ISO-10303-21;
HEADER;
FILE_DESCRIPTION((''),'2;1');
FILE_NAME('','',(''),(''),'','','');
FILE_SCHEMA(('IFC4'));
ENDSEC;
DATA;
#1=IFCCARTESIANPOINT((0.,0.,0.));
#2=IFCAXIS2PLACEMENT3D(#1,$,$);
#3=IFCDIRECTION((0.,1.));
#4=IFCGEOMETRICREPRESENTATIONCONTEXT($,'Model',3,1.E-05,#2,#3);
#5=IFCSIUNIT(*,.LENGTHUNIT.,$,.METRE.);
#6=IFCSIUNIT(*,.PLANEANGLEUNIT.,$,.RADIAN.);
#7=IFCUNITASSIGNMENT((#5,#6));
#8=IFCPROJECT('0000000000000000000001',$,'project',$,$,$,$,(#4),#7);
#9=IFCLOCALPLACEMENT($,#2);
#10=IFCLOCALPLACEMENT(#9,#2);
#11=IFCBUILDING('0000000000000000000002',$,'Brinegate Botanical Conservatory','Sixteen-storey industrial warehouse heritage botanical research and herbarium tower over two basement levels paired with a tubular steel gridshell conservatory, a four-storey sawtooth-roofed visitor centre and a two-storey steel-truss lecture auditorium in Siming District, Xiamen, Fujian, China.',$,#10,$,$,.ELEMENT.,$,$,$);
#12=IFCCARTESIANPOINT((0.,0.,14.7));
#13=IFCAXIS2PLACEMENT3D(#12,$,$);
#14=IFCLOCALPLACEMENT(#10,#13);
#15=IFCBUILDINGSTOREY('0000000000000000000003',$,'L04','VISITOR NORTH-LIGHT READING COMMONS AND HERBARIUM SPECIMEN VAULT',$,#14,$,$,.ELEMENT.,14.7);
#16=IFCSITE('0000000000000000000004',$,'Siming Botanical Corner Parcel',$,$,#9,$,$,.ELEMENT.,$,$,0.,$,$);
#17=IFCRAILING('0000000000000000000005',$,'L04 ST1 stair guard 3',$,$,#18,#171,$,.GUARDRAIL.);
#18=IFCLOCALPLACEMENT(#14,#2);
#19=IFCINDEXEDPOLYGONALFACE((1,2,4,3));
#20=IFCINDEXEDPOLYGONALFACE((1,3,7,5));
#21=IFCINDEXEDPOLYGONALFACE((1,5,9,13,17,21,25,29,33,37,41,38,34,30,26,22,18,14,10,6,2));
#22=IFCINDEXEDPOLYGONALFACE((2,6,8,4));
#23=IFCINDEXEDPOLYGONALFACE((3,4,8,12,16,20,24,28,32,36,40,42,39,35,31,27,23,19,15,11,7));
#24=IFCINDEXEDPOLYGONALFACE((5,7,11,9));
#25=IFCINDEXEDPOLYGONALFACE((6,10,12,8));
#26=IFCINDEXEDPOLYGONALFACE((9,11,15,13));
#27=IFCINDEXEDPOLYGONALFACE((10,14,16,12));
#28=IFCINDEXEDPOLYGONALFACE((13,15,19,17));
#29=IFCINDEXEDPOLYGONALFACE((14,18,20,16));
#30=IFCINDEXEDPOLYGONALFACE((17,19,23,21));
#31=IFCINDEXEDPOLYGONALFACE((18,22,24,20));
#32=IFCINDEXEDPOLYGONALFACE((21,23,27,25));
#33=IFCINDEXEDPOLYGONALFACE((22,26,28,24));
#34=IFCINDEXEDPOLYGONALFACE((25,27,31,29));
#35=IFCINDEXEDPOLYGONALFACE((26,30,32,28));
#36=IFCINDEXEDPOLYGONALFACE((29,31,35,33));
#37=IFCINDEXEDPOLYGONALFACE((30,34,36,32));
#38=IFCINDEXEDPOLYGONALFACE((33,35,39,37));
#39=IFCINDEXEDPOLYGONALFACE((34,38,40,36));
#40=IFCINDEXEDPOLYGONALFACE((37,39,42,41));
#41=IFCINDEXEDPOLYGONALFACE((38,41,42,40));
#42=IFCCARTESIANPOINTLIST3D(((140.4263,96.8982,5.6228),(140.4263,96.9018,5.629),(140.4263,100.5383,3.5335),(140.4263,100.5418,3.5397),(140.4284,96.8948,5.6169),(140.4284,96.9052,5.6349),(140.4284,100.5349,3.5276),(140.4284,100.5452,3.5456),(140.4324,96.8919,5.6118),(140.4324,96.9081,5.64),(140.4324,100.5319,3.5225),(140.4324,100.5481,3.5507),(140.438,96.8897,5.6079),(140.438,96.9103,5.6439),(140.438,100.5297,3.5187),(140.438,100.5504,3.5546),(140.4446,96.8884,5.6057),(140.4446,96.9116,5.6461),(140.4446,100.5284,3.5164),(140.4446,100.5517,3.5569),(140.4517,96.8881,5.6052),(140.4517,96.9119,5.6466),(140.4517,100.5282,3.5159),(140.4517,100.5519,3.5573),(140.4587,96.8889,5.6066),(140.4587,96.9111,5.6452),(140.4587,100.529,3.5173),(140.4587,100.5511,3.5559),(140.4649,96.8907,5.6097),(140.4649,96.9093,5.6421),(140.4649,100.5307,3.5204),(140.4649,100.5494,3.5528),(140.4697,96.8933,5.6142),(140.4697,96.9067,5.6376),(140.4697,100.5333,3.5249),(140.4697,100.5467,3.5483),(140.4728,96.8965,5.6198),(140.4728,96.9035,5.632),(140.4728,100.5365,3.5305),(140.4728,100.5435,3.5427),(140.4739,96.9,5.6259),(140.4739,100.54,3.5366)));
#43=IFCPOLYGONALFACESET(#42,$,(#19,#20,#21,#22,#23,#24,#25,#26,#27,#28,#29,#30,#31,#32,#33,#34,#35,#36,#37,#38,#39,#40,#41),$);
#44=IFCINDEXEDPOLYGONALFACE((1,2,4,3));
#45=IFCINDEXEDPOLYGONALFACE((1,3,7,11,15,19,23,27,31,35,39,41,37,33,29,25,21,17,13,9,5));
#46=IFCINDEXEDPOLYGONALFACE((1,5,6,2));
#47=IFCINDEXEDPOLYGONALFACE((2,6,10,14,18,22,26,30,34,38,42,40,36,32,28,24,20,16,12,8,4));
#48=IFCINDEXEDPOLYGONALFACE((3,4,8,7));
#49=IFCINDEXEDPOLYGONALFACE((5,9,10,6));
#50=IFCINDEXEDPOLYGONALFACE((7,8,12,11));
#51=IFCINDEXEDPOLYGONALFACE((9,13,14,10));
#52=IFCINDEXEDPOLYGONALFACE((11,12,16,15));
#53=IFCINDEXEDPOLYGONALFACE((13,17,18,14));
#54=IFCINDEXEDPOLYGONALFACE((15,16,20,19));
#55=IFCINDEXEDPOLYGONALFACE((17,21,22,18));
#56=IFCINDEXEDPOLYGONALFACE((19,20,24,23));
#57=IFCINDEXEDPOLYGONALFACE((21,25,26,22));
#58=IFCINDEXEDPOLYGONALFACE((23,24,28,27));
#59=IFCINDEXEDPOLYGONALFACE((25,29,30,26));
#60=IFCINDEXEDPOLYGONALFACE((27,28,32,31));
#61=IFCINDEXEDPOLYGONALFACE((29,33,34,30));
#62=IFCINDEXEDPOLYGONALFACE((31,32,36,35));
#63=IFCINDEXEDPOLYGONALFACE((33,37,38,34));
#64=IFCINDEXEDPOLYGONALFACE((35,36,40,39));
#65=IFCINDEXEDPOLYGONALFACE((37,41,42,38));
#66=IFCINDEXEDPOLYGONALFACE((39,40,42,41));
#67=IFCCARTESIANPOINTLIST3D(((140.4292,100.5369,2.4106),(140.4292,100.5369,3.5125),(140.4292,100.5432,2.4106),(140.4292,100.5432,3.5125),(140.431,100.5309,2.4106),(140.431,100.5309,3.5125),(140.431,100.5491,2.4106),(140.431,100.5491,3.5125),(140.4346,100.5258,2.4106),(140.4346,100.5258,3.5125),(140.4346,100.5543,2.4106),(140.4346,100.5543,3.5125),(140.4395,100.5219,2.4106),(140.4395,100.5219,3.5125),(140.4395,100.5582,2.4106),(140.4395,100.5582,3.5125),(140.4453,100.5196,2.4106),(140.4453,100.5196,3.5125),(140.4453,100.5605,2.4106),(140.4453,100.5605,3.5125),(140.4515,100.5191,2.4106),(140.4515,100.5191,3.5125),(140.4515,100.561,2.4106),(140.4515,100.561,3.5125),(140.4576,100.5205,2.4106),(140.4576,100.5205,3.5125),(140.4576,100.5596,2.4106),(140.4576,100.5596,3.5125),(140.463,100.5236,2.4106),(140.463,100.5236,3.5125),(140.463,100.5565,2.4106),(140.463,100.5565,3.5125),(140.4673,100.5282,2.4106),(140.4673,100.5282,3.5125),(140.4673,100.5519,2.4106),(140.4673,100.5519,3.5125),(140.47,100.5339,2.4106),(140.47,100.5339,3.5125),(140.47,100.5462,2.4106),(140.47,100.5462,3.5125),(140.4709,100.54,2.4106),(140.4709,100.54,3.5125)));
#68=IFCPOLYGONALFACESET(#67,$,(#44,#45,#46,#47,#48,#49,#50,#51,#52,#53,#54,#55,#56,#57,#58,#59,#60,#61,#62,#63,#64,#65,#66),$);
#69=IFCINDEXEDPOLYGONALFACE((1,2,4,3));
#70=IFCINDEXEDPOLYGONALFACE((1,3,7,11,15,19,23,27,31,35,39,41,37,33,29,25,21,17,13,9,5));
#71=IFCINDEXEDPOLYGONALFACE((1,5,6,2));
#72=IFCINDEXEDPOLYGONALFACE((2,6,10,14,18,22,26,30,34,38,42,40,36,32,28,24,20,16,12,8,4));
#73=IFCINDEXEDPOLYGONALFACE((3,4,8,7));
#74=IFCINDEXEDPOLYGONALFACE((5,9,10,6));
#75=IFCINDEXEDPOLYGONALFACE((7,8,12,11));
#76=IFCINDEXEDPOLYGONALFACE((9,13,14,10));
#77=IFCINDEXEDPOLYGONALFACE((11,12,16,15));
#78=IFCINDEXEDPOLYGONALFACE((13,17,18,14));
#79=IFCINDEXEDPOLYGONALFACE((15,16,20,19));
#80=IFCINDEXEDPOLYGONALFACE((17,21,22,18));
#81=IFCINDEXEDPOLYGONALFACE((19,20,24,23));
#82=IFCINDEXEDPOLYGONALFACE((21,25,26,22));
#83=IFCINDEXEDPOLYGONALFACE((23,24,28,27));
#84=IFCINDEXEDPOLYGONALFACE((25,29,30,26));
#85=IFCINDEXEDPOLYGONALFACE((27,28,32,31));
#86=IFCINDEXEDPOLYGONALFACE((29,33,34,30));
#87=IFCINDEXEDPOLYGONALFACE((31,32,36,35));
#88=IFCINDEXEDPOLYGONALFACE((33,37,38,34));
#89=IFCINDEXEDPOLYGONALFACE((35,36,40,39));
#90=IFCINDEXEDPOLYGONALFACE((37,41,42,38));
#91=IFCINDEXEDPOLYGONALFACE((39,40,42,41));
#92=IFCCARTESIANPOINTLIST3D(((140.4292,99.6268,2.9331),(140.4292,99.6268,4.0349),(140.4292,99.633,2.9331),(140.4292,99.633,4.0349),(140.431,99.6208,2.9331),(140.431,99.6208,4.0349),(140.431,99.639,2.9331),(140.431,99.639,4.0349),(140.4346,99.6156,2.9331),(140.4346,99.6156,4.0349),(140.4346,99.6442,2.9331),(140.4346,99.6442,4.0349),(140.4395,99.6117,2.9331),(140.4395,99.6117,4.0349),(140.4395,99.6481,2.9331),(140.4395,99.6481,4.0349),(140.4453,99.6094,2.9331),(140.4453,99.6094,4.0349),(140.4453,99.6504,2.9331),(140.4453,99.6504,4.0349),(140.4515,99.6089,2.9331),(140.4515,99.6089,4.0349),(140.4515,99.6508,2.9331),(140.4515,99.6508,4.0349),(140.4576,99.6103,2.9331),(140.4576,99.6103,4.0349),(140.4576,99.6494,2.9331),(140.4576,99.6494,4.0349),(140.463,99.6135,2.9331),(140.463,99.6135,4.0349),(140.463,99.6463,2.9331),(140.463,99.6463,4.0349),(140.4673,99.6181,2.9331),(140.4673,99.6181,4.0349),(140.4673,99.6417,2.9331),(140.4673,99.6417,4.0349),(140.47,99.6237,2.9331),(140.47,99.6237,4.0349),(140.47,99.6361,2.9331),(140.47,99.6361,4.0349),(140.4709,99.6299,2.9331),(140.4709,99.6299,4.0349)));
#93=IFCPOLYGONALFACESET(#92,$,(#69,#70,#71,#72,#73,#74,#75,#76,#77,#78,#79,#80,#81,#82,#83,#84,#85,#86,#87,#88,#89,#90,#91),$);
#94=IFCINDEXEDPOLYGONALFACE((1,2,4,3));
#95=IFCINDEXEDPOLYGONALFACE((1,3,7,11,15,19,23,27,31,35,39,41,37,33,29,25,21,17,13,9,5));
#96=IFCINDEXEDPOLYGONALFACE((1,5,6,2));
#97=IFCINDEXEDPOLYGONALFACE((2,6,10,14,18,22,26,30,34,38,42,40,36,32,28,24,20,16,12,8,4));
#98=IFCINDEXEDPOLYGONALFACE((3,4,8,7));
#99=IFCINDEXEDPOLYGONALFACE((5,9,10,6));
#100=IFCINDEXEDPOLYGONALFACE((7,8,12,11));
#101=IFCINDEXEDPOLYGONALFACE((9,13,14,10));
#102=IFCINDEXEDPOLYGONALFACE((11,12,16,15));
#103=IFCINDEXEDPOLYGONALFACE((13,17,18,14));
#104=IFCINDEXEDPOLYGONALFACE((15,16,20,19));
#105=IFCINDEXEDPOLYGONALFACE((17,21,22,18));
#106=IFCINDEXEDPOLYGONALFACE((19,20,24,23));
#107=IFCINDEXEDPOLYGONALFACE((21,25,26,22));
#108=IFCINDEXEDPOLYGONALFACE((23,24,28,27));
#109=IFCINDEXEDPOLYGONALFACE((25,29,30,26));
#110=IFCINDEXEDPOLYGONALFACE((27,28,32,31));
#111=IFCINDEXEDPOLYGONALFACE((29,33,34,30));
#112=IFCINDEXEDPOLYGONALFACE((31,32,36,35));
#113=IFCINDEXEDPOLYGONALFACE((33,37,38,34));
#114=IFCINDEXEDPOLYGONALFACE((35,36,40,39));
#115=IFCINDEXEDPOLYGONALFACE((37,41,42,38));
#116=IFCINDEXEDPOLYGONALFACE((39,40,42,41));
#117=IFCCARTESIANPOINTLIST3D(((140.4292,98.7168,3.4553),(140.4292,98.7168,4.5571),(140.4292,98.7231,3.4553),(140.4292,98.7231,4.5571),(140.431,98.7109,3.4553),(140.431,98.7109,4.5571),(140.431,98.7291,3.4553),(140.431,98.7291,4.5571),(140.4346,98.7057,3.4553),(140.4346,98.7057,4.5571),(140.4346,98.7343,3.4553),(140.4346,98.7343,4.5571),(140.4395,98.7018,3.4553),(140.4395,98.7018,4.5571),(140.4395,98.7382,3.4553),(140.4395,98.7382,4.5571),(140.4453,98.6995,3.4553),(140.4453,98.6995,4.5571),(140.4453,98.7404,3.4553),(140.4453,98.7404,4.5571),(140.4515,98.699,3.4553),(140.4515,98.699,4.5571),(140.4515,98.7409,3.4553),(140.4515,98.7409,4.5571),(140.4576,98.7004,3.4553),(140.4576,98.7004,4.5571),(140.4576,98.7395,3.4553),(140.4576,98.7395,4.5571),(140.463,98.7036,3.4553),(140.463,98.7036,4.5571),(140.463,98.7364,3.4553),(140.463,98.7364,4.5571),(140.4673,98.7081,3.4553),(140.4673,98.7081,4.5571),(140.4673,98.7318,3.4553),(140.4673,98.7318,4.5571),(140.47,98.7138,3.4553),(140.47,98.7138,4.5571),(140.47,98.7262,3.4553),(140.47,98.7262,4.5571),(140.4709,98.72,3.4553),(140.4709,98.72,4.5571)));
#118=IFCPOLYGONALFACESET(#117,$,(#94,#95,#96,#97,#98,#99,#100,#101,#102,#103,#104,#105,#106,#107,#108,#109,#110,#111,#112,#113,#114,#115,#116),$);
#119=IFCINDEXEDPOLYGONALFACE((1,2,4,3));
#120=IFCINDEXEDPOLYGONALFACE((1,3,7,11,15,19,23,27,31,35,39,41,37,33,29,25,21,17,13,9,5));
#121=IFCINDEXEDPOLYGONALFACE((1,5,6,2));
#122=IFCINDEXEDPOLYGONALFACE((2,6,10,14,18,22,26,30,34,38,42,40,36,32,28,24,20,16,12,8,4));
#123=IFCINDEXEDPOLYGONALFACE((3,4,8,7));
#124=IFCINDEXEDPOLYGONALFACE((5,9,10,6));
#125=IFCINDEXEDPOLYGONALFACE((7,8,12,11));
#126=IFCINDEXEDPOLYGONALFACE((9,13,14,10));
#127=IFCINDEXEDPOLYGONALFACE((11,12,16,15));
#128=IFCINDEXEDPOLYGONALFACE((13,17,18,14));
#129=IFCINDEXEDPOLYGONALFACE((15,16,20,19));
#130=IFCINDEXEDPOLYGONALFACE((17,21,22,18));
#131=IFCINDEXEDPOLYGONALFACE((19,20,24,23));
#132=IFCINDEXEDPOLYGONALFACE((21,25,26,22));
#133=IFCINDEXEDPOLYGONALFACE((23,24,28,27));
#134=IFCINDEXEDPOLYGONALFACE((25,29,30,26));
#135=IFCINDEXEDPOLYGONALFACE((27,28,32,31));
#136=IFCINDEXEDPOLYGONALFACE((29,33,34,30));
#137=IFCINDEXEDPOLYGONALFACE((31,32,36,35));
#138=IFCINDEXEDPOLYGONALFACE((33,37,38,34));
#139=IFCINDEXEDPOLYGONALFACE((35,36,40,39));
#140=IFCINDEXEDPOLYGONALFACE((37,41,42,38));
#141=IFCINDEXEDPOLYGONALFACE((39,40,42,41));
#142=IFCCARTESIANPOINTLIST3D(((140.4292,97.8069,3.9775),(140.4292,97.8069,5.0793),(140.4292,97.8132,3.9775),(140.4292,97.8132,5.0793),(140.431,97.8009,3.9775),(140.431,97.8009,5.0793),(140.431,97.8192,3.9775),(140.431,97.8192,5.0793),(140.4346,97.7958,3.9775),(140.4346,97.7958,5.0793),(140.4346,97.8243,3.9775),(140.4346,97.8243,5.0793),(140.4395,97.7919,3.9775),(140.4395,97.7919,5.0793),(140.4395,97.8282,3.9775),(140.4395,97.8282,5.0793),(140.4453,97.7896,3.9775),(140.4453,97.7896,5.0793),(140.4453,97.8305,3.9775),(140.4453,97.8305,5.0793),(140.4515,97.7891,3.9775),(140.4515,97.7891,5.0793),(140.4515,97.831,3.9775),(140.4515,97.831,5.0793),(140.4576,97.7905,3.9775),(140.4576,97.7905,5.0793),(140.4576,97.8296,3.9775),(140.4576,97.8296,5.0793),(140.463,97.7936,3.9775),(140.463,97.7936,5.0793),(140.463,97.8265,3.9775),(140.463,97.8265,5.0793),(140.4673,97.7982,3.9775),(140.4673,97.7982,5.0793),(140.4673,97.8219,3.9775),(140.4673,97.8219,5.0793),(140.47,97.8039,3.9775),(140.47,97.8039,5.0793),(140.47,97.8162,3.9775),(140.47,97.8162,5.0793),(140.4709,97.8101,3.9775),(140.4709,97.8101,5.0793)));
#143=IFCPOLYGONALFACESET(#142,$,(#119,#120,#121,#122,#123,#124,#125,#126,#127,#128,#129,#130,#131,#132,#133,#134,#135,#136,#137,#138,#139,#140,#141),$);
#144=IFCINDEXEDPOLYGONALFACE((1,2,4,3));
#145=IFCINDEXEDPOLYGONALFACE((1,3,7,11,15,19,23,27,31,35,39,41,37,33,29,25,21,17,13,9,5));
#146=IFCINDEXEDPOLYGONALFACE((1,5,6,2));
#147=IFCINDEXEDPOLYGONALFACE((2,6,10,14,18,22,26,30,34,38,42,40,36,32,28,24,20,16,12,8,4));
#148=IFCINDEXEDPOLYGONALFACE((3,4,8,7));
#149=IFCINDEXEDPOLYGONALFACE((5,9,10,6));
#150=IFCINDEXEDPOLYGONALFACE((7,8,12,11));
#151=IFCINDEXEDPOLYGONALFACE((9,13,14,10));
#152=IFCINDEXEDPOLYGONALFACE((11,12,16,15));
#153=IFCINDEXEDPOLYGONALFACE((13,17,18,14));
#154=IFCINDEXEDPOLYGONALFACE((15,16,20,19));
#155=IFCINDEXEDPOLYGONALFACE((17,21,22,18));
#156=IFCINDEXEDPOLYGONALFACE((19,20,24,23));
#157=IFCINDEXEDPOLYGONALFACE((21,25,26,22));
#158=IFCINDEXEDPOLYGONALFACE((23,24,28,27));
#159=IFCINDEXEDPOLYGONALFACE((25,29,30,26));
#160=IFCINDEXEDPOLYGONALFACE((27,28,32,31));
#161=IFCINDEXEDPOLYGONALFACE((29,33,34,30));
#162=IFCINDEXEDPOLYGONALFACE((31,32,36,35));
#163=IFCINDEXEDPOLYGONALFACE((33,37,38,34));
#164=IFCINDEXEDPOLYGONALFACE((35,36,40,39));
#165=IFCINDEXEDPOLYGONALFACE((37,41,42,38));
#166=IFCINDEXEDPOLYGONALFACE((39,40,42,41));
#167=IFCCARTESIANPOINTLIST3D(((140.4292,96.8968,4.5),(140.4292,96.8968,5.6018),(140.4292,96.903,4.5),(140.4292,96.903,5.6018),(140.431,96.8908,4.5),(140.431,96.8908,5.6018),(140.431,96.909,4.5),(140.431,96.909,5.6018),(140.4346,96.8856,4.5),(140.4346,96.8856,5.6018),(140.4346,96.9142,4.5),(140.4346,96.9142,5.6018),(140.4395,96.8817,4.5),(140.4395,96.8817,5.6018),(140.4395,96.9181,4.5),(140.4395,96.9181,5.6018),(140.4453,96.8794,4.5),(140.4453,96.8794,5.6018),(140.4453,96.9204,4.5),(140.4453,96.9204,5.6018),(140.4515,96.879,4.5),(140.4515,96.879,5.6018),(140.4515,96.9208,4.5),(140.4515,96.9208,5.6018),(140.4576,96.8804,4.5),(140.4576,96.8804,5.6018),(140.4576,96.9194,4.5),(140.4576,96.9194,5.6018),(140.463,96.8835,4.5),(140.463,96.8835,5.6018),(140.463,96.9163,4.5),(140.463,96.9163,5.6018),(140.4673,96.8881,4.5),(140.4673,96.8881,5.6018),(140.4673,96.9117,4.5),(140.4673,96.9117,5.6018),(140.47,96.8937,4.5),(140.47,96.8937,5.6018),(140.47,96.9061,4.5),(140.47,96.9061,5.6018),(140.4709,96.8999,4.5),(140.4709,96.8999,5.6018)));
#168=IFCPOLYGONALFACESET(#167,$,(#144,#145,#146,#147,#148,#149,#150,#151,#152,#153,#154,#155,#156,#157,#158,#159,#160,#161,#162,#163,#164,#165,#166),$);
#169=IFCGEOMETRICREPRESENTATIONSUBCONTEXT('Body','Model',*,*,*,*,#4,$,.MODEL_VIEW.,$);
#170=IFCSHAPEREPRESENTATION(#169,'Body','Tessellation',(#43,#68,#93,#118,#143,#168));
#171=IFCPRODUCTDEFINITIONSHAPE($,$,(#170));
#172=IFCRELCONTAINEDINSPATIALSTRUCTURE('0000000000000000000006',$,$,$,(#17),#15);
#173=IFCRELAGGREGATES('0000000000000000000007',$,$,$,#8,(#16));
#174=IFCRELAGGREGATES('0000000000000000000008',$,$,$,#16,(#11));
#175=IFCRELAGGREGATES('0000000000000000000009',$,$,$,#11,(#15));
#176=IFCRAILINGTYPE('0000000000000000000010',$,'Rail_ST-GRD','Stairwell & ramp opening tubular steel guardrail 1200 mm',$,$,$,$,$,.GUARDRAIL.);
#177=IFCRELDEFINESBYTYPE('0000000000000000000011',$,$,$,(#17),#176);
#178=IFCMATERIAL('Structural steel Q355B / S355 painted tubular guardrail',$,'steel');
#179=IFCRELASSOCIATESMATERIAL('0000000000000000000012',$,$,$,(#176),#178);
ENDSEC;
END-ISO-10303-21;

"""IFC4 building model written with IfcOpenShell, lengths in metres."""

from ifc_helpers import new_model, si_unit, direction, frame, origin, origin_2d, place, context, subcontext, project, spatial, circle, extrude, material, type_object, element, save


model = new_model("IFC4")

# Units and contexts
model_context = context("Model", 3, precision=1e-05, world=origin(), true_north=direction((0.0, 1.0)))
body_context = subcontext(model_context, "Body", "Model", "MODEL_VIEW")
ifc_project = project(units=[si_unit("LENGTHUNIT", "METRE"), si_unit("PLANEANGLEUNIT", "RADIAN")], contexts=[model_context])

# Site, building, storey
site_placement = place(None, origin())
site = spatial("IfcSite", under=ifc_project, at=site_placement, Name="Siming Botanical Corner Parcel", CompositionType="ELEMENT", RefElevation=0.0)
building_placement = place(site_placement, origin())
building = spatial("IfcBuilding", under=site, at=building_placement, Name="Brinegate Botanical Conservatory", Description="Sixteen-storey industrial warehouse heritage botanical research and herbarium tower over two basement levels paired with a tubular steel gridshell conservatory, a four-storey sawtooth-roofed visitor centre and a two-storey steel-truss lecture auditorium in Siming District, Xiamen, Fujian, China.", CompositionType="ELEMENT")
storey_placement = place(building_placement, frame((0.0, 0.0, 14.7)))
storey = spatial("IfcBuildingStorey", under=building, at=storey_placement, Name="L04", Description="VISITOR NORTH-LIGHT READING COMMONS AND HERBARIUM SPECIMEN VAULT", CompositionType="ELEMENT", Elevation=14.7)

# Railing
ifc_material_1 = material(Name="Structural steel Q355B / S355 painted tubular guardrail", Category="steel")
railing_type_1 = type_object("IfcRailingType", Name="Rail_ST-GRD", Description="Stairwell & ramp opening tubular steel guardrail 1200 mm", PredefinedType="GUARDRAIL", material=ifc_material_1)
railing_1_placement = place(storey_placement, frame((140.45, 100.54, 2.4106)))
element("IfcRailing", 1, at=railing_1_placement, inside=storey, type_object=railing_type_1, Name="L04 ST1 stair guard 3", PredefinedType="GUARDRAIL", context=body_context, shape_type="SweptSolid", body=[
    extrude(circle(Radius=0.0239, at=origin_2d()), frame((0.0, 0.0, 1.126), z_axis=(0.0, -0.867289, 0.497804), x_axis=(1.0, 0.0, 0.0)), (0.0, 0.0, 1.0), 4.197),
    extrude(circle(Radius=0.021, at=origin_2d()), origin(), (0.0, 0.0, 1.0), 1.1018),
    extrude(circle(Radius=0.021, at=origin_2d()), frame((0.0, -0.9102, 0.5225)), (0.0, 0.0, 1.0), 1.1018),
    extrude(circle(Radius=0.021, at=origin_2d()), frame((0.0, -1.8201, 1.0447)), (0.0, 0.0, 1.0), 1.1018),
    extrude(circle(Radius=0.021, at=origin_2d()), frame((0.0, -2.73, 1.5669)), (0.0, 0.0, 1.0), 1.1018),
    extrude(circle(Radius=0.021, at=origin_2d()), frame((0.0, -3.6401, 2.0894)), (0.0, 0.0, 1.0), 1.1018),
])

save(model, "model.ifc")
